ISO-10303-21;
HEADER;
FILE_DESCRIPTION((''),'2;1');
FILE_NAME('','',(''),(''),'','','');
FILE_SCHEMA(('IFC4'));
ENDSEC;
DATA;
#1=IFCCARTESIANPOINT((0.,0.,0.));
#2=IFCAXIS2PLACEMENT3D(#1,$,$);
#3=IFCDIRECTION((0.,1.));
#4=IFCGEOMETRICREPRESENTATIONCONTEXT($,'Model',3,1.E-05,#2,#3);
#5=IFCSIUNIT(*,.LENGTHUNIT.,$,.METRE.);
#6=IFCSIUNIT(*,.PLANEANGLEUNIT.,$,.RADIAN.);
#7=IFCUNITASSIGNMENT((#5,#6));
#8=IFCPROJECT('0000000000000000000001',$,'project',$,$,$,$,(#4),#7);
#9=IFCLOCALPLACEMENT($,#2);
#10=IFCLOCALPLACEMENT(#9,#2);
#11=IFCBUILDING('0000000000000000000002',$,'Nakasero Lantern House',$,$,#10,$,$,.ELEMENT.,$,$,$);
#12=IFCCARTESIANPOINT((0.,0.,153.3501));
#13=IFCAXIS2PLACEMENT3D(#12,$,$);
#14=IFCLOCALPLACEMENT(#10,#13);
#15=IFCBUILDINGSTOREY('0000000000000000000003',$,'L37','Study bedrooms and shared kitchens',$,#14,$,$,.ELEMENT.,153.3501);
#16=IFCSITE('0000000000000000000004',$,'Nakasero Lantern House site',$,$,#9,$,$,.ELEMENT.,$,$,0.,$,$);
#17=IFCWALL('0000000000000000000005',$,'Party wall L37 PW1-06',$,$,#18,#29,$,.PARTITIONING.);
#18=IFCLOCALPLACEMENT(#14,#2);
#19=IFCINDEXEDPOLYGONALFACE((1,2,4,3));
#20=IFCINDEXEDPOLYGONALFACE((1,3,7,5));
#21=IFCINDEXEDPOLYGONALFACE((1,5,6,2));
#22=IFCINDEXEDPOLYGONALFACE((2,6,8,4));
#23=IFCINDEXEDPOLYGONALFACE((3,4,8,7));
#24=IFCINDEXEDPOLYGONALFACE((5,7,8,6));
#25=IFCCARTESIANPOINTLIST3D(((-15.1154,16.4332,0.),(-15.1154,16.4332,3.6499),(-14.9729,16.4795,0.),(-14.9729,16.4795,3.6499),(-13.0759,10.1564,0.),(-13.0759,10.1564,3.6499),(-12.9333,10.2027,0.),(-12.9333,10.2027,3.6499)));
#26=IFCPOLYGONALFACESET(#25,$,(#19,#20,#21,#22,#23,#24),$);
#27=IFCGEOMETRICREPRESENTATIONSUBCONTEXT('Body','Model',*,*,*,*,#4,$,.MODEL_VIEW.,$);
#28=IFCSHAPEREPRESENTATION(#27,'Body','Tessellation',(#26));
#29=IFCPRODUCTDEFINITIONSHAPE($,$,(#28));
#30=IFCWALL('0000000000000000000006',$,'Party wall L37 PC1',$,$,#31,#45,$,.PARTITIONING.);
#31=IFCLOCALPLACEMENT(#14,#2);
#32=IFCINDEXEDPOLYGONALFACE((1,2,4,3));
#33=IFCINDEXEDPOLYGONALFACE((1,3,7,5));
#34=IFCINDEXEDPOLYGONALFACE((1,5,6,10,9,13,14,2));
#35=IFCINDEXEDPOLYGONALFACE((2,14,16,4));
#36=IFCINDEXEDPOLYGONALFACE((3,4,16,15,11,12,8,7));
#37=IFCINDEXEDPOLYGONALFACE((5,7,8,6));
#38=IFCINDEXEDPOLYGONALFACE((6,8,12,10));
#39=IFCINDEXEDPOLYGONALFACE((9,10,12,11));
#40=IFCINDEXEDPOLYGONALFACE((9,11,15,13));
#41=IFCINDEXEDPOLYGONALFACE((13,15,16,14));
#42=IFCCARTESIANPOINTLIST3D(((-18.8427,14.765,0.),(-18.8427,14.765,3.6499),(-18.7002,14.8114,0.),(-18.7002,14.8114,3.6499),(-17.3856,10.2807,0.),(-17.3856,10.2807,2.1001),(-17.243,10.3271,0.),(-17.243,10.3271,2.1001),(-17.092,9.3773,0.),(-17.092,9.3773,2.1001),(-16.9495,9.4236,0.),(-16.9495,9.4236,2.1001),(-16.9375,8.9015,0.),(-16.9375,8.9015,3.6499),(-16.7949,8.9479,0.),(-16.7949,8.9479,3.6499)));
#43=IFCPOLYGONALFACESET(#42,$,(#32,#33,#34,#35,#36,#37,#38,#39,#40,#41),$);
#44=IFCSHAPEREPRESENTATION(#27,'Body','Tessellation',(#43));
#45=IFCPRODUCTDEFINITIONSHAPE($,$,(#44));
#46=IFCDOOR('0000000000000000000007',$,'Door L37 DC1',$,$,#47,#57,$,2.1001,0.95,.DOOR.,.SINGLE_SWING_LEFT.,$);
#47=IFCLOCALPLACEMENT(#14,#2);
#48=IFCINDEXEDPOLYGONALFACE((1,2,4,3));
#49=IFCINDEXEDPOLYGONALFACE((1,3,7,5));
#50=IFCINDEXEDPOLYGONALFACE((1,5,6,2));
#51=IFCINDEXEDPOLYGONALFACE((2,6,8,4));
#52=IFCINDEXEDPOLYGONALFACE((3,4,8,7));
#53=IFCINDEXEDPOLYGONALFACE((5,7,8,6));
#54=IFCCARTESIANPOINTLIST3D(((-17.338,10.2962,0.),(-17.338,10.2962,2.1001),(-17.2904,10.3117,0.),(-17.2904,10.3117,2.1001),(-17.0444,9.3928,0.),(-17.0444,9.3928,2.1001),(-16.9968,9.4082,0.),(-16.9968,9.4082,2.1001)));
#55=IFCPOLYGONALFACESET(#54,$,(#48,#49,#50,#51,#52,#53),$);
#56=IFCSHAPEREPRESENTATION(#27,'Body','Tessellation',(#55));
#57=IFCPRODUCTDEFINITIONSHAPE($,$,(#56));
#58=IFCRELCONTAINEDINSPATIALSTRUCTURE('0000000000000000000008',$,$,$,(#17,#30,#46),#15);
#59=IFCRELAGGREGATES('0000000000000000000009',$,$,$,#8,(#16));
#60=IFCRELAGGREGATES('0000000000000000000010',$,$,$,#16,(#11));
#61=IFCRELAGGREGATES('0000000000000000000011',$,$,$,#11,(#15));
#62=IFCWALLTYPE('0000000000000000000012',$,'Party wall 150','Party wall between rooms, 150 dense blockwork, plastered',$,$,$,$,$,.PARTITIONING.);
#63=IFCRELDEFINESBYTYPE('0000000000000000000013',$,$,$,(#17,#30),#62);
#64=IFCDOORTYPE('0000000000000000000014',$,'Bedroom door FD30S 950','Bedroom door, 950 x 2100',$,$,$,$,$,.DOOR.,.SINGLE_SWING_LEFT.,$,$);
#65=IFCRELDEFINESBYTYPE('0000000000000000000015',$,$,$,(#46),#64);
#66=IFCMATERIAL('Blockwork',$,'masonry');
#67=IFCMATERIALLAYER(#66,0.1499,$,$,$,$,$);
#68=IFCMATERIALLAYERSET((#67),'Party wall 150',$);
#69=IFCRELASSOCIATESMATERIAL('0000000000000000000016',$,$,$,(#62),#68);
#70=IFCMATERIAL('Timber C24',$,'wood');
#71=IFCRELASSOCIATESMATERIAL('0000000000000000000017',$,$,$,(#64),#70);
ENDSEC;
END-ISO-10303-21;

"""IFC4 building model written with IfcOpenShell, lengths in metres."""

from ifc_helpers import new_model, si_unit, direction, frame, frame_2d, origin, place, context, subcontext, project, spatial, rectangle, extrude, material, layer, layer_set, type_object, element, fill, save


model = new_model("IFC4")

# Units and contexts
model_context = context("Model", 3, precision=1e-05, world=origin(), true_north=direction((0.0, 1.0)))
body_context = subcontext(model_context, "Body", "Model", "MODEL_VIEW")
ifc_project = project(units=[si_unit("LENGTHUNIT", "METRE"), si_unit("PLANEANGLEUNIT", "RADIAN")], contexts=[model_context])

# Site, building, storey
site_placement = place(None, origin())
site = spatial("IfcSite", under=ifc_project, at=site_placement, Name="Nakasero Lantern House site", CompositionType="ELEMENT", RefElevation=0.0)
building_placement = place(site_placement, origin())
building = spatial("IfcBuilding", under=site, at=building_placement, Name="Nakasero Lantern House", CompositionType="ELEMENT")
storey_placement = place(building_placement, frame((0.0, 0.0, 153.3501)))
storey = spatial("IfcBuildingStorey", under=building, at=storey_placement, Name="L37", Description="Study bedrooms and shared kitchens", CompositionType="ELEMENT", Elevation=153.3501)

# Wall
ifc_material_1 = material(Name="Blockwork", Category="masonry")
ifc_layer_1 = layer(ifc_material_1, 0.1499)
ifc_layer_set_1 = layer_set([ifc_layer_1], Name="Party wall 150")
wall_type_1 = type_object("IfcWallType", Name="Party wall 150", Description="Party wall between rooms, 150 dense blockwork, plastered", PredefinedType="PARTITIONING", material=ifc_layer_set_1)
wall_1_placement = place(storey_placement, frame((-13.0046, 10.1797, 0.0), z_axis=(0.0, 0.0, 1.0), x_axis=(-0.309028, 0.951053, 0.0)))
element("IfcWall", 1, at=wall_1_placement, inside=storey, type_object=wall_type_1, Name="Party wall L37 PW1-06", PredefinedType="PARTITIONING", context=body_context, shape_type="SweptSolid", body=[
    extrude(rectangle(XDim=6.5999, YDim=0.1499, at=frame_2d((3.2998, 0.0))), origin(), (0.0, 0.0, 1.0), 3.6499),
])

# Wall, opening, door
wall_2_placement = place(storey_placement, frame((-16.8662, 8.9248, 0.0), z_axis=(0.0, 0.0, 1.0), x_axis=(-0.309031, 0.951052, 0.0)))
wall_2 = element("IfcWall", 2, at=wall_2_placement, inside=storey, type_object=wall_type_1, Name="Party wall L37 PC1", PredefinedType="PARTITIONING", context=body_context, shape_type="SweptSolid", body=[
    extrude(rectangle(XDim=6.1653, YDim=0.1499, at=frame_2d((3.0825, 0.0))), origin(), (0.0, 0.0, 1.0), 3.6499),
])
opening_1_placement = place(wall_2_placement, frame((0.5, 0.0, 0.0)))
opening_1 = element("IfcOpeningElement", 3, at=opening_1_placement, cuts=wall_2, PredefinedType="OPENING", context=body_context, shape_type="SweptSolid", body=[
    extrude(rectangle(XDim=0.95, YDim=2.1001, at=frame_2d((0.4751, 1.05))), frame((0.0, 0.095, 0.0), z_axis=(0.0, -1.0, 0.0), x_axis=(1.0, 0.0, 0.0)), (0.0, 0.0, 1.0), 0.1899),
])
ifc_material_2 = material(Name="Timber C24", Category="wood")
door_type_1 = type_object("IfcDoorType", Name="Bedroom door FD30S 950", Description="Bedroom door, 950 x 2100", OperationType="SINGLE_SWING_LEFT", PredefinedType="DOOR", material=ifc_material_2)
door_1_placement = place(opening_1_placement, origin())
door_1 = element("IfcDoor", 4, at=door_1_placement, inside=storey, type_object=door_type_1, Name="Door L37 DC1", OperationType="SINGLE_SWING_LEFT", OverallHeight=2.1001, OverallWidth=0.95, PredefinedType="DOOR", context=body_context, shape_type="SweptSolid", body=[
    extrude(rectangle(XDim=0.95, YDim=2.1001, at=frame_2d((0.4751, 1.05))), frame((0.0, 0.0249, 0.0), z_axis=(0.0, -1.0, 0.0), x_axis=(1.0, 0.0, 0.0)), (0.0, 0.0, 1.0), 0.05),
])
fill(opening_1, door_1)

save(model, "model.ifc")
